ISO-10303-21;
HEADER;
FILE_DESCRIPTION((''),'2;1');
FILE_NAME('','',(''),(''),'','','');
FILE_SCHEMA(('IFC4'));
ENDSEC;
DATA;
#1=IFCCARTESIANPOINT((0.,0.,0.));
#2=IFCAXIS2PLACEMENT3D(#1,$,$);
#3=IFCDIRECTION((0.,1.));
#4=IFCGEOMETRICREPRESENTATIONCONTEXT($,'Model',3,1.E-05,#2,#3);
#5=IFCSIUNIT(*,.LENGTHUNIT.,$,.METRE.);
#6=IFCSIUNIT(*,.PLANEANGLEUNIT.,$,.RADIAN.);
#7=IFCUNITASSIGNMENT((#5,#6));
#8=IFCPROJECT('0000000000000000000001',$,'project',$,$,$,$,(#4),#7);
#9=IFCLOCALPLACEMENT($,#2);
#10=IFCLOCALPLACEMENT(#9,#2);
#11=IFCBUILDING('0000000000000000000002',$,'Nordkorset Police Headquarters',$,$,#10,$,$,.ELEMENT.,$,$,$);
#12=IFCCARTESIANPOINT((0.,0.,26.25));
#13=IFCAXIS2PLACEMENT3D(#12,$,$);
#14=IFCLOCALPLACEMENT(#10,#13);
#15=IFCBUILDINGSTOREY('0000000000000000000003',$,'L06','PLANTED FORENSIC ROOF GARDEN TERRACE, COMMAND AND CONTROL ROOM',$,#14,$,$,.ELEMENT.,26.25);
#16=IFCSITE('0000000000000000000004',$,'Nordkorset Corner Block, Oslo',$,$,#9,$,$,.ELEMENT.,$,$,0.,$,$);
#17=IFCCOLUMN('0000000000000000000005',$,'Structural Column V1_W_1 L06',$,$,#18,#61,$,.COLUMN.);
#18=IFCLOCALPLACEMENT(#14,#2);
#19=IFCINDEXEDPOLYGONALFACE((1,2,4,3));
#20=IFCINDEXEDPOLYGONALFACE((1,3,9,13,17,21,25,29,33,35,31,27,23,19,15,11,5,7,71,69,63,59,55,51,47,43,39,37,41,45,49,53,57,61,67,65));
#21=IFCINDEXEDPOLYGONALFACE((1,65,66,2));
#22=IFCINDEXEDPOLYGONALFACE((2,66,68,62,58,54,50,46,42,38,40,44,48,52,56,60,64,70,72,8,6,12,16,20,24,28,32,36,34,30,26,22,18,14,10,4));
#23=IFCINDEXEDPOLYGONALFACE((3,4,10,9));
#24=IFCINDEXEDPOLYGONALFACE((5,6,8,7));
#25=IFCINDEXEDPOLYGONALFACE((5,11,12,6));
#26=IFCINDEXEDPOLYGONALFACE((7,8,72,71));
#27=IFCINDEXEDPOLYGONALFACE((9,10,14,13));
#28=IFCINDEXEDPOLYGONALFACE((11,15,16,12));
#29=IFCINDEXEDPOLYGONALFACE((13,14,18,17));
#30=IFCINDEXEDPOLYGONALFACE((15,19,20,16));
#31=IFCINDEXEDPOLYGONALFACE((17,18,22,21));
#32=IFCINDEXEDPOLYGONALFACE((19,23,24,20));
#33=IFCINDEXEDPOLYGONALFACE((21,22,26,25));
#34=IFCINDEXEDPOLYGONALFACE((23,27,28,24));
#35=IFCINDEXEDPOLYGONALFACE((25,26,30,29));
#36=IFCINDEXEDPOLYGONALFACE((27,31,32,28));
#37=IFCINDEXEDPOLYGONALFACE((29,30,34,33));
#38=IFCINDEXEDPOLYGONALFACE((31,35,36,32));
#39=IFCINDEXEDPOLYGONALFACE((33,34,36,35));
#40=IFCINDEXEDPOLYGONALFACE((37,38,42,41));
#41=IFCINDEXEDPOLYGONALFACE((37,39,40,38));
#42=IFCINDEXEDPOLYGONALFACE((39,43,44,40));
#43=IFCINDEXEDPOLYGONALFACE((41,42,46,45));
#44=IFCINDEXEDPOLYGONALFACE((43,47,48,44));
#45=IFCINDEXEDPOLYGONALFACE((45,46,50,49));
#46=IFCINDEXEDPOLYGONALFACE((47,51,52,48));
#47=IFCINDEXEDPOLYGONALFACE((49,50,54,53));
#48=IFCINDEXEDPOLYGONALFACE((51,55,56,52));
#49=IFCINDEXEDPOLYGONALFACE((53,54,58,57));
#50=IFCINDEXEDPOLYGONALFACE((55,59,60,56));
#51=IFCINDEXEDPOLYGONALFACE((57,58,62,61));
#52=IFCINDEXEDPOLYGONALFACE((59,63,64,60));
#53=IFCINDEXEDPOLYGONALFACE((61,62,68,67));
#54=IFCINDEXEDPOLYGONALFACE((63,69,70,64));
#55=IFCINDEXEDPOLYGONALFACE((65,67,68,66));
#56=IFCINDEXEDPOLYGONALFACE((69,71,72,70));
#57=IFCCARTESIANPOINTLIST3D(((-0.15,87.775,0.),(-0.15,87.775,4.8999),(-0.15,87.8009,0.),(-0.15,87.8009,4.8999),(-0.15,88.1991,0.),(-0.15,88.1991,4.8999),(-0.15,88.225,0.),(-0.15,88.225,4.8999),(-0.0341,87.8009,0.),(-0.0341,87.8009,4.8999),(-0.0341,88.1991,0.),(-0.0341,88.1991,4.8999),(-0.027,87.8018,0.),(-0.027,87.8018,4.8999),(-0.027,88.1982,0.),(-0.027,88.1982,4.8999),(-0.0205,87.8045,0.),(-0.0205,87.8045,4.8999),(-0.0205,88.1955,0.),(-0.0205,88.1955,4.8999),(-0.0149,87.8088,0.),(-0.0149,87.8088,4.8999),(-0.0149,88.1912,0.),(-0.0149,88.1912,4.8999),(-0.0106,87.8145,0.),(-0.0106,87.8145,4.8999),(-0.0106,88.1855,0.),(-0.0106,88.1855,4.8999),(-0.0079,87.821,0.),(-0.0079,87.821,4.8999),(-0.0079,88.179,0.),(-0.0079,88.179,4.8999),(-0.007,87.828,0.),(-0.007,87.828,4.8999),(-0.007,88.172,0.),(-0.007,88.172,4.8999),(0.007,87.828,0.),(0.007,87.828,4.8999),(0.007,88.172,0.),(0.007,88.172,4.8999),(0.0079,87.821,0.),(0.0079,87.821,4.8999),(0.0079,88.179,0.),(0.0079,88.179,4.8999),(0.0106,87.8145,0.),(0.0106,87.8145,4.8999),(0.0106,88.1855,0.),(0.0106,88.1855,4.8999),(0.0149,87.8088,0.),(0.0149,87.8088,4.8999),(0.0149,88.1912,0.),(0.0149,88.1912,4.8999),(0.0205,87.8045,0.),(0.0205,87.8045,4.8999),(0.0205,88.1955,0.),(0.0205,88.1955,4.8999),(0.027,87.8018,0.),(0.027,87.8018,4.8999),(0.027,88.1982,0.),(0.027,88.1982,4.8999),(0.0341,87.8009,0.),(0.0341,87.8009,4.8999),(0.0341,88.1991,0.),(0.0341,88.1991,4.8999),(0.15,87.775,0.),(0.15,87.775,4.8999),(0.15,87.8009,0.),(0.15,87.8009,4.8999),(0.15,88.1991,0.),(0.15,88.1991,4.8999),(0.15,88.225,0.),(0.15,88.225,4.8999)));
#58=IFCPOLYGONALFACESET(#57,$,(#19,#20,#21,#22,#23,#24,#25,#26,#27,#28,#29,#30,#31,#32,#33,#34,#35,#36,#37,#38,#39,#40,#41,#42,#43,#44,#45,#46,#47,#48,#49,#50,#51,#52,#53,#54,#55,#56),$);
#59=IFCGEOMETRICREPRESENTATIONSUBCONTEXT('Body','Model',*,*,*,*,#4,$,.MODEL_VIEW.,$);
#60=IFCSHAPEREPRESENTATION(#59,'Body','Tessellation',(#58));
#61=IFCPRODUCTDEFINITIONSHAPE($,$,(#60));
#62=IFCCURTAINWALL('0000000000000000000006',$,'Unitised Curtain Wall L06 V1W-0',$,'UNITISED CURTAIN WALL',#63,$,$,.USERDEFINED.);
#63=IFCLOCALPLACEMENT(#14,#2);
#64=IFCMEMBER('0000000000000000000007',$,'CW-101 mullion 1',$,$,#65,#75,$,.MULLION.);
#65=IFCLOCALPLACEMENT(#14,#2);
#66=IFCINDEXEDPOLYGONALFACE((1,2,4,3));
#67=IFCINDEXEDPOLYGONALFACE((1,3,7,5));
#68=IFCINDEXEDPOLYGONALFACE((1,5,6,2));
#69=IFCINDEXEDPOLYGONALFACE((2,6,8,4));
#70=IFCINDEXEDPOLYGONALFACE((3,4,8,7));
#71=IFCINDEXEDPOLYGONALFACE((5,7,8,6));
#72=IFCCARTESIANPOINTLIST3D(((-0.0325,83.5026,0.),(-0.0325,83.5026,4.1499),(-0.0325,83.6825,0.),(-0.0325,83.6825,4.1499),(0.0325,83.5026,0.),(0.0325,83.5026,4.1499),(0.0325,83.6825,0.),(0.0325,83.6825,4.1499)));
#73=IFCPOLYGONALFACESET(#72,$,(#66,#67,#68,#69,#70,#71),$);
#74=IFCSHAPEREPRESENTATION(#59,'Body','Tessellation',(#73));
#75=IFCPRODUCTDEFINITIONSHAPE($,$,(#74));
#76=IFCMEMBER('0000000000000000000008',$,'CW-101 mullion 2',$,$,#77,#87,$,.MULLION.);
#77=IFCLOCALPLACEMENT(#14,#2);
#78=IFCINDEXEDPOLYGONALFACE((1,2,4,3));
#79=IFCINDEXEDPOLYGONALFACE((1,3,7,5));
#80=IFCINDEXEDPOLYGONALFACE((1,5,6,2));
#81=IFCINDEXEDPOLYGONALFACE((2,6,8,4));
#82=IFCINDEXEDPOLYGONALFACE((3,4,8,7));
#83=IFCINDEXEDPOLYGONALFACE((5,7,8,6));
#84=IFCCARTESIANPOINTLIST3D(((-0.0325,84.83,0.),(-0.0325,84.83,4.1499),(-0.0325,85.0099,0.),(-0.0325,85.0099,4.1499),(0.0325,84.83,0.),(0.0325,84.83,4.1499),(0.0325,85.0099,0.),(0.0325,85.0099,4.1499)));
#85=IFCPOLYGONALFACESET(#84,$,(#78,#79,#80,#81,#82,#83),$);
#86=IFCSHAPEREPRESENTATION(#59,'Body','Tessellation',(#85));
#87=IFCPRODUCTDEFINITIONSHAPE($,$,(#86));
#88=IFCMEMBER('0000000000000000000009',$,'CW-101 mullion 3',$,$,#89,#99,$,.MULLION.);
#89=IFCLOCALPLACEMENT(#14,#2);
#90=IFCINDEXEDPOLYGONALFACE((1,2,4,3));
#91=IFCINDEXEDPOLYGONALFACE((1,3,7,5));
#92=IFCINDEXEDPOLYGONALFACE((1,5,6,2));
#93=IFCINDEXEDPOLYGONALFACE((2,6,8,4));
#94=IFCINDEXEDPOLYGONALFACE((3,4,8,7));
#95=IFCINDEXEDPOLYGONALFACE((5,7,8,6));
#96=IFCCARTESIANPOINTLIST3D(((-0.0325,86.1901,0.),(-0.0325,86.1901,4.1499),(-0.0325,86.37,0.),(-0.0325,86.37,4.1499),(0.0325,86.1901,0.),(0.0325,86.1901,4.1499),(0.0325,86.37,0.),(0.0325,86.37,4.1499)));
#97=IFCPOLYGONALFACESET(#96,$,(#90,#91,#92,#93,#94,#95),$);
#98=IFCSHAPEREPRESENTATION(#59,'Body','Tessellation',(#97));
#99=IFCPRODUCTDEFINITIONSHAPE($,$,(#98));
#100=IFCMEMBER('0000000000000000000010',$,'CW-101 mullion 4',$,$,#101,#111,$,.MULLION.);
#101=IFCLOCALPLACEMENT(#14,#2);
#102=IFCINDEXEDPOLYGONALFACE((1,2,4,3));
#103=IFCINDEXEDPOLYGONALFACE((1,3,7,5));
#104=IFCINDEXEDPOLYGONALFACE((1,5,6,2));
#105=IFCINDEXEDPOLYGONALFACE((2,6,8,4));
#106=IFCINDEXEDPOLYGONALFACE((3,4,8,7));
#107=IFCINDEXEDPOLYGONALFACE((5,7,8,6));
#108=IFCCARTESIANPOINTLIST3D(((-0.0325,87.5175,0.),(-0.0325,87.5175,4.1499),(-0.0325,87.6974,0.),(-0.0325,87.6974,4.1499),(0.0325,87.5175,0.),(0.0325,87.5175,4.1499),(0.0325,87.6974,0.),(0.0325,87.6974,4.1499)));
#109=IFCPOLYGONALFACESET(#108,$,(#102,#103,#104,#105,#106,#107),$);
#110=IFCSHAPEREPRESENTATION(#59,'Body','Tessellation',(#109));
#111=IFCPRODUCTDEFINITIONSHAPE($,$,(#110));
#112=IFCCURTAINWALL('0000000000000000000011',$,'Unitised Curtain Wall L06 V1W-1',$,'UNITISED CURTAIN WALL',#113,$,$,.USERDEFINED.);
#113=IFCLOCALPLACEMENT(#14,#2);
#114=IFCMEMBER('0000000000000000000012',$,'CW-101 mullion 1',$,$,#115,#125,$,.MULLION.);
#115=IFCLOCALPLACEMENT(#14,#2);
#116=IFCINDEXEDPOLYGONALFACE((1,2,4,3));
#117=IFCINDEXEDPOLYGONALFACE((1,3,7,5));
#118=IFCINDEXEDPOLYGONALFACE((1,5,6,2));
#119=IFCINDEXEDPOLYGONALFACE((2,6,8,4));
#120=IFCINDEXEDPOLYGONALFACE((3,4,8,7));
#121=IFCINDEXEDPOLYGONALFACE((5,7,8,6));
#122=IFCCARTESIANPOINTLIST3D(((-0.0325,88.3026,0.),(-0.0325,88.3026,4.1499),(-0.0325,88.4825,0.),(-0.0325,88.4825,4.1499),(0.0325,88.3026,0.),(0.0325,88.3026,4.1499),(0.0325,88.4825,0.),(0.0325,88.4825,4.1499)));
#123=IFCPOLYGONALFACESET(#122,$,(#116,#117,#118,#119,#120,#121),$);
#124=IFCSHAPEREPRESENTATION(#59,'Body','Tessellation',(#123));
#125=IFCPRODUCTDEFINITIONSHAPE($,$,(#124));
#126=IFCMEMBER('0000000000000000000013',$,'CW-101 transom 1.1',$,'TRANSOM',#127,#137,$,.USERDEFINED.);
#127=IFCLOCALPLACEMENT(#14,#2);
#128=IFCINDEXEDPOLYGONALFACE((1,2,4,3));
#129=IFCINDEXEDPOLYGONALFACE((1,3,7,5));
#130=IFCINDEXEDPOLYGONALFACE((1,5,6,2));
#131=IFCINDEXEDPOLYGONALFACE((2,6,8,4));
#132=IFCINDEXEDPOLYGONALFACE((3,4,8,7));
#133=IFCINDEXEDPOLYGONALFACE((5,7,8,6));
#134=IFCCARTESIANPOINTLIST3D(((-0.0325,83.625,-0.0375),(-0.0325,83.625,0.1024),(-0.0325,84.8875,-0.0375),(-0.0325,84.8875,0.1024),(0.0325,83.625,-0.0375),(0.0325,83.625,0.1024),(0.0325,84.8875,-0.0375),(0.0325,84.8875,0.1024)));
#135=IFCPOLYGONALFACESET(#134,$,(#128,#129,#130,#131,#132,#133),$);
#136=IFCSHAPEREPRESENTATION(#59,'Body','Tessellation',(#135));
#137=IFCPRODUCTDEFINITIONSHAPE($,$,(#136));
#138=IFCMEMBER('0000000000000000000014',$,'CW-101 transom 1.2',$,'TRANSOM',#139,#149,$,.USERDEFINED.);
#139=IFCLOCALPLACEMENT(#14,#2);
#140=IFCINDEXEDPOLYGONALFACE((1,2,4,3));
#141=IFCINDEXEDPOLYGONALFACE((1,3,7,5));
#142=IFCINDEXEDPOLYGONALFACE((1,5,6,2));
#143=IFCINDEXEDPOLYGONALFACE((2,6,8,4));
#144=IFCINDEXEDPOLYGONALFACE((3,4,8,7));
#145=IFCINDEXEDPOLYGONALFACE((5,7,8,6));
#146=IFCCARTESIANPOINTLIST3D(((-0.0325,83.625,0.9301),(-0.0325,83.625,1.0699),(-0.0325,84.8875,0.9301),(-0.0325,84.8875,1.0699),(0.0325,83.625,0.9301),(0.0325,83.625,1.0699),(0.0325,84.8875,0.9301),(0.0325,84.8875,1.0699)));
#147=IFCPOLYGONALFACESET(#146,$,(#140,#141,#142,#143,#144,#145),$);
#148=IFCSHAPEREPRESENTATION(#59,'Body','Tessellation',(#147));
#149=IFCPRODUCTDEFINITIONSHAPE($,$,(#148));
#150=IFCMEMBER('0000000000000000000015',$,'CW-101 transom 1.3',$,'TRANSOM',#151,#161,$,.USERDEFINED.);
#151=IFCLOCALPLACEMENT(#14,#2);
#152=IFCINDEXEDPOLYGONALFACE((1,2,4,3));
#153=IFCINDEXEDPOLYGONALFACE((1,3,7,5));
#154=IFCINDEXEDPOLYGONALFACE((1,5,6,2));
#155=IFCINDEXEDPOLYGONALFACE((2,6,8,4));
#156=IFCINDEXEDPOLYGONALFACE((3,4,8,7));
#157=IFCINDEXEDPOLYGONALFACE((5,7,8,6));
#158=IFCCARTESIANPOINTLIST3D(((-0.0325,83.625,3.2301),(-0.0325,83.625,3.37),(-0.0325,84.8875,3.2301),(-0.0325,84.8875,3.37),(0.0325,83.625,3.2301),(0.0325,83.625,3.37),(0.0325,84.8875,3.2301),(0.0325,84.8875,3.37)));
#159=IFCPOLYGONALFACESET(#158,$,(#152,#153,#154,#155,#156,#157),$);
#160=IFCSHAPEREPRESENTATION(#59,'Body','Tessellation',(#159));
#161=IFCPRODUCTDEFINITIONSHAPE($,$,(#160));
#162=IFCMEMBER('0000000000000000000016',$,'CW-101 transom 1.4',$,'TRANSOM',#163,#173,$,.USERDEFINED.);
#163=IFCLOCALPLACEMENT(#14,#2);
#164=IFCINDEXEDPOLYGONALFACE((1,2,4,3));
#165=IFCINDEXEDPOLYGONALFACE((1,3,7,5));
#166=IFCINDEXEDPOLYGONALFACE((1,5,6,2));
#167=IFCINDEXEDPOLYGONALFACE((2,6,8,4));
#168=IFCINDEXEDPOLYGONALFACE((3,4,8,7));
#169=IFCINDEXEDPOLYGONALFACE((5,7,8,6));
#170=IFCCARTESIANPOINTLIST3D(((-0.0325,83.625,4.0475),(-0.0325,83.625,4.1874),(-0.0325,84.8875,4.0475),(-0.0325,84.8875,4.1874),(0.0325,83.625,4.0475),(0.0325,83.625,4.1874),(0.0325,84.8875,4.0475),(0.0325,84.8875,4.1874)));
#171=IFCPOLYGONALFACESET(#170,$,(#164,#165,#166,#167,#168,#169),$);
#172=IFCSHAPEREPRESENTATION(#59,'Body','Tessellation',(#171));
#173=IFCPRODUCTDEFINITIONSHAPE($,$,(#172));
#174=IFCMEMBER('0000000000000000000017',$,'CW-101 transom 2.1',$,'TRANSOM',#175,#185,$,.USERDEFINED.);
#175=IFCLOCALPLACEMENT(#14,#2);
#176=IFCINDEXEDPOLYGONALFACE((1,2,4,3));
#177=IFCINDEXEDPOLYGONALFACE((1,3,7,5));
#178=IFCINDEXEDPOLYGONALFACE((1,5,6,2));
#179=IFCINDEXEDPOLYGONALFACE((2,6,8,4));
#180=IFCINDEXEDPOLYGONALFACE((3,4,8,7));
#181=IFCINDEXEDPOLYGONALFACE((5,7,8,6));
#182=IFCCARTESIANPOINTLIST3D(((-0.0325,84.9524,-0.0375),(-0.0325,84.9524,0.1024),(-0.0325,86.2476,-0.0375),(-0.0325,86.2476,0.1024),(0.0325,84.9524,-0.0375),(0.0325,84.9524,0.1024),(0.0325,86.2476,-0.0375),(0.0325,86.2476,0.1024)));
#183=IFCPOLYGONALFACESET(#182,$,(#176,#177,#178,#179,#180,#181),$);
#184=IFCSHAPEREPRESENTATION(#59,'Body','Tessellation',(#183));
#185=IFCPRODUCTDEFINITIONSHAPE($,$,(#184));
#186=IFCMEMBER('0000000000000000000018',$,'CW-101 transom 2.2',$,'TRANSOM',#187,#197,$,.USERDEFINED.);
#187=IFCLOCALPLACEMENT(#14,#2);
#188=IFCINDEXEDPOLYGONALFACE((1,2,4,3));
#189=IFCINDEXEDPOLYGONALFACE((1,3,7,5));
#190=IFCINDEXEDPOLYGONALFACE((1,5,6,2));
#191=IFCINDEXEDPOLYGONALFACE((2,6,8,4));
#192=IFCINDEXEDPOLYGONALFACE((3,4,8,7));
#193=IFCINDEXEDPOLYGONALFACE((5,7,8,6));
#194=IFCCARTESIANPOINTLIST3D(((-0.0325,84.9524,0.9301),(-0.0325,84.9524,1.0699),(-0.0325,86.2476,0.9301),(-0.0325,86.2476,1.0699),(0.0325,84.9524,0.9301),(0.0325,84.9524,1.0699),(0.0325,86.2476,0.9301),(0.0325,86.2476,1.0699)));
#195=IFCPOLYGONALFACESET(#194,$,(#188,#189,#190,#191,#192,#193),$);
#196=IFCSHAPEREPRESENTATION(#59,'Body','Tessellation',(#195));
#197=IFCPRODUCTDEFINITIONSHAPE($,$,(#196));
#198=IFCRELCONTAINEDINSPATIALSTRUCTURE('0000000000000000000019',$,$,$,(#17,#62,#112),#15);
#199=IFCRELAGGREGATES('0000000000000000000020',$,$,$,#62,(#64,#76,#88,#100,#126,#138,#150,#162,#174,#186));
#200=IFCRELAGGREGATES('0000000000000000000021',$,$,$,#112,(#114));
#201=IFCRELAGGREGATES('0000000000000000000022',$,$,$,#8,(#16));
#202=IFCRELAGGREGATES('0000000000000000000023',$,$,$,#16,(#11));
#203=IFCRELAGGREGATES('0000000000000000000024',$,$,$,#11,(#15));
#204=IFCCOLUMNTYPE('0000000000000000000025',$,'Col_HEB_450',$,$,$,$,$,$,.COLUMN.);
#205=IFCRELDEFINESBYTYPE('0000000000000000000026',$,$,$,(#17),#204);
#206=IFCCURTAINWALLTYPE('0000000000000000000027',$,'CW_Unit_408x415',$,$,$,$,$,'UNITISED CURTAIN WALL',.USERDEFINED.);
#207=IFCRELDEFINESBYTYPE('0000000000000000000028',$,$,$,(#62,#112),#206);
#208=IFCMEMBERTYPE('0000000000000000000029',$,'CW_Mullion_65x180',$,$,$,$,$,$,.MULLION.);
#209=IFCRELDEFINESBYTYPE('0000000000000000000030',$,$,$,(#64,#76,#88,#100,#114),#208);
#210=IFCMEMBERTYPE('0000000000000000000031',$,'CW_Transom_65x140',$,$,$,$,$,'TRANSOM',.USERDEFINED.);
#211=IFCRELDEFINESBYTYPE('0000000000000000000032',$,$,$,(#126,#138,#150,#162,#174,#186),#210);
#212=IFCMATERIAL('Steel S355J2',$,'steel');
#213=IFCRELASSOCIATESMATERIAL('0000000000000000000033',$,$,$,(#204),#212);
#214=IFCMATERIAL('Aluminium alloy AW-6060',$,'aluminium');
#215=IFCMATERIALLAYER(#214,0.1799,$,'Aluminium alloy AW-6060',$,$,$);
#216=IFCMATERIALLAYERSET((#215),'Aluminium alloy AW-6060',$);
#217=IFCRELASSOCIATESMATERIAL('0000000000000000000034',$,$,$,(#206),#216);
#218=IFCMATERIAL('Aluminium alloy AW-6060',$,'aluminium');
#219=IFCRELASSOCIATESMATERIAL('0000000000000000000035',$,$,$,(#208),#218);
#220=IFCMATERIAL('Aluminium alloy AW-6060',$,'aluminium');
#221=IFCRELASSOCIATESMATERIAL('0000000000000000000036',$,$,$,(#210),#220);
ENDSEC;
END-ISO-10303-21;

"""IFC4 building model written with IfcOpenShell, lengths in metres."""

from ifc_helpers import new_model, si_unit, direction, frame, origin, origin_2d, place, context, subcontext, project, spatial, rectangle, i_section, extrude, material, layer, layer_set, material_profile, profile_set, type_object, element, aggregate, save


model = new_model("IFC4")

# Units and contexts
model_context = context("Model", 3, precision=1e-05, world=origin(), true_north=direction((0.0, 1.0)))
body_context = subcontext(model_context, "Body", "Model", "MODEL_VIEW")
ifc_project = project(units=[si_unit("LENGTHUNIT", "METRE"), si_unit("PLANEANGLEUNIT", "RADIAN")], contexts=[model_context])

# Site, building, storey
site_placement = place(None, origin())
site = spatial("IfcSite", under=ifc_project, at=site_placement, Name="Nordkorset Corner Block, Oslo", CompositionType="ELEMENT", RefElevation=0.0)
building_placement = place(site_placement, origin())
building = spatial("IfcBuilding", under=site, at=building_placement, Name="Nordkorset Police Headquarters", CompositionType="ELEMENT")
storey_placement = place(building_placement, frame((0.0, 0.0, 26.25)))
storey = spatial("IfcBuildingStorey", under=building, at=storey_placement, Name="L06", Description="PLANTED FORENSIC ROOF GARDEN TERRACE, COMMAND AND CONTROL ROOM", CompositionType="ELEMENT", Elevation=26.25)

# Column
ifc_material_1 = material(Name="Steel S355J2", Category="steel")
ifc_material_profile_1 = material_profile(ifc_material_1, i_section(OverallWidth=0.3, OverallDepth=0.45, WebThickness=0.0139, FlangeThickness=0.0259, FilletRadius=0.0271, at=origin_2d()), Name="HEB 450")
ifc_profile_set_1 = profile_set([ifc_material_profile_1], Name="Steel S355J2")
column_type = type_object("IfcColumnType", Name="Col_HEB_450", PredefinedType="COLUMN", material=ifc_profile_set_1)
column_placement = place(storey_placement, frame((0.0, 88.0, 0.0), z_axis=(0.0, 0.0, 1.0), x_axis=(1.0, 0.0, 0.0)))
element("IfcColumn", 1, at=column_placement, inside=storey, type_object=column_type, Name="Structural Column V1_W_1 L06", PredefinedType="COLUMN", context=body_context, shape_type="SweptSolid", body=[
    extrude(i_section(OverallWidth=0.3, OverallDepth=0.45, WebThickness=0.0139, FlangeThickness=0.0259, FilletRadius=0.0271, at=origin_2d()), origin(), (0.0, 0.0, 1.0), 4.8999),
])

# Curtain wall, members
ifc_material_2 = material(Name="Aluminium alloy AW-6060", Category="aluminium")
ifc_layer_1 = layer(ifc_material_2, 0.1799, Name="Aluminium alloy AW-6060")
ifc_layer_set_1 = layer_set([ifc_layer_1], Name="Aluminium alloy AW-6060")
curtain_wall_type = type_object("IfcCurtainWallType", Name="CW_Unit_408x415", ElementType="UNITISED CURTAIN WALL", PredefinedType="USERDEFINED", material=ifc_layer_set_1)
curtain_wall_1_placement = place(storey_placement, origin())
curtain_wall_1 = element("IfcCurtainWall", 2, at=curtain_wall_1_placement, inside=storey, type_object=curtain_wall_type, Name="Unitised Curtain Wall L06 V1W-0", ObjectType="UNITISED CURTAIN WALL", PredefinedType="USERDEFINED")
ifc_material_3 = material(Name="Aluminium alloy AW-6060", Category="aluminium")
ifc_material_profile_2 = material_profile(ifc_material_3, rectangle(XDim=0.0649, YDim=0.1799, at=origin_2d()), Name="ALU MULL 65x180")
ifc_profile_set_2 = profile_set([ifc_material_profile_2], Name="Aluminium alloy AW-6060")
member_type_1 = type_object("IfcMemberType", Name="CW_Mullion_65x180", PredefinedType="MULLION", material=ifc_profile_set_2)
member_1_placement = place(storey_placement, frame((0.0, 83.5925, 0.0), z_axis=(0.0, 0.0, 1.0), x_axis=(-1.0, 0.0, 0.0)))
member_1 = element("IfcMember", 3, at=member_1_placement, type_object=member_type_1, Name="CW-101 mullion 1", PredefinedType="MULLION", context=body_context, shape_type="SweptSolid", body=[
    extrude(rectangle(XDim=0.0649, YDim=0.1799, at=origin_2d()), origin(), (0.0, 0.0, 1.0), 4.1499),
])
member_2_placement = place(storey_placement, frame((0.0, 84.9199, 0.0), z_axis=(0.0, 0.0, 1.0), x_axis=(-1.0, 0.0, 0.0)))
member_2 = element("IfcMember", 4, at=member_2_placement, type_object=member_type_1, Name="CW-101 mullion 2", PredefinedType="MULLION", context=body_context, shape_type="SweptSolid", body=[
    extrude(rectangle(XDim=0.0649, YDim=0.1799, at=origin_2d()), origin(), (0.0, 0.0, 1.0), 4.1499),
])
member_3_placement = place(storey_placement, frame((0.0, 86.28, 0.0), z_axis=(0.0, 0.0, 1.0), x_axis=(-1.0, 0.0, 0.0)))
member_3 = element("IfcMember", 5, at=member_3_placement, type_object=member_type_1, Name="CW-101 mullion 3", PredefinedType="MULLION", context=body_context, shape_type="SweptSolid", body=[
    extrude(rectangle(XDim=0.0649, YDim=0.1799, at=origin_2d()), origin(), (0.0, 0.0, 1.0), 4.1499),
])
member_4_placement = place(storey_placement, frame((0.0, 87.6074, 0.0), z_axis=(0.0, 0.0, 1.0), x_axis=(-1.0, 0.0, 0.0)))
member_4 = element("IfcMember", 6, at=member_4_placement, type_object=member_type_1, Name="CW-101 mullion 4", PredefinedType="MULLION", context=body_context, shape_type="SweptSolid", body=[
    extrude(rectangle(XDim=0.0649, YDim=0.1799, at=origin_2d()), origin(), (0.0, 0.0, 1.0), 4.1499),
])

# Curtain wall, member
curtain_wall_2_placement = place(storey_placement, origin())
curtain_wall_2 = element("IfcCurtainWall", 7, at=curtain_wall_2_placement, inside=storey, type_object=curtain_wall_type, Name="Unitised Curtain Wall L06 V1W-1", ObjectType="UNITISED CURTAIN WALL", PredefinedType="USERDEFINED")
member_5_placement = place(storey_placement, frame((0.0, 88.3926, 0.0), z_axis=(0.0, 0.0, 1.0), x_axis=(-1.0, 0.0, 0.0)))
member_5 = element("IfcMember", 8, at=member_5_placement, type_object=member_type_1, Name="CW-101 mullion 1", PredefinedType="MULLION", context=body_context, shape_type="SweptSolid", body=[
    extrude(rectangle(XDim=0.0649, YDim=0.1799, at=origin_2d()), origin(), (0.0, 0.0, 1.0), 4.1499),
])

# Members
ifc_material_4 = material(Name="Aluminium alloy AW-6060", Category="aluminium")
ifc_material_profile_3 = material_profile(ifc_material_4, rectangle(XDim=0.0649, YDim=0.1399, at=origin_2d()), Name="ALU TRAN 65x140")
ifc_profile_set_3 = profile_set([ifc_material_profile_3], Name="Aluminium alloy AW-6060")
member_type_2 = type_object("IfcMemberType", Name="CW_Transom_65x140", ElementType="TRANSOM", PredefinedType="USERDEFINED", material=ifc_profile_set_3)
member_6_placement = place(storey_placement, frame((0.0, 83.625, 0.0325), z_axis=(0.0, 1.0, 0.0), x_axis=(-1.0, 0.0, 0.0)))
member_6 = element("IfcMember", 9, at=member_6_placement, type_object=member_type_2, Name="CW-101 transom 1.1", ObjectType="TRANSOM", PredefinedType="USERDEFINED", context=body_context, shape_type="SweptSolid", body=[
    extrude(rectangle(XDim=0.0649, YDim=0.1399, at=origin_2d()), origin(), (0.0, 0.0, 1.0), 1.2625),
])
member_7_placement = place(storey_placement, frame((0.0, 83.625, 1.0), z_axis=(0.0, 1.0, 0.0), x_axis=(-1.0, 0.0, 0.0)))
member_7 = element("IfcMember", 10, at=member_7_placement, type_object=member_type_2, Name="CW-101 transom 1.2", ObjectType="TRANSOM", PredefinedType="USERDEFINED", context=body_context, shape_type="SweptSolid", body=[
    extrude(rectangle(XDim=0.0649, YDim=0.1399, at=origin_2d()), origin(), (0.0, 0.0, 1.0), 1.2625),
])
member_8_placement = place(storey_placement, frame((0.0, 83.625, 3.3), z_axis=(0.0, 1.0, 0.0), x_axis=(-1.0, 0.0, 0.0)))
member_8 = element("IfcMember", 11, at=member_8_placement, type_object=member_type_2, Name="CW-101 transom 1.3", ObjectType="TRANSOM", PredefinedType="USERDEFINED", context=body_context, shape_type="SweptSolid", body=[
    extrude(rectangle(XDim=0.0649, YDim=0.1399, at=origin_2d()), origin(), (0.0, 0.0, 1.0), 1.2625),
])
member_9_placement = place(storey_placement, frame((0.0, 83.625, 4.1174), z_axis=(0.0, 1.0, 0.0), x_axis=(-1.0, 0.0, 0.0)))
member_9 = element("IfcMember", 12, at=member_9_placement, type_object=member_type_2, Name="CW-101 transom 1.4", ObjectType="TRANSOM", PredefinedType="USERDEFINED", context=body_context, shape_type="SweptSolid", body=[
    extrude(rectangle(XDim=0.0649, YDim=0.1399, at=origin_2d()), origin(), (0.0, 0.0, 1.0), 1.2625),
])
member_10_placement = place(storey_placement, frame((0.0, 84.9524, 0.0325), z_axis=(0.0, 1.0, 0.0), x_axis=(-1.0, 0.0, 0.0)))
member_10 = element("IfcMember", 13, at=member_10_placement, type_object=member_type_2, Name="CW-101 transom 2.1", ObjectType="TRANSOM", PredefinedType="USERDEFINED", context=body_context, shape_type="SweptSolid", body=[
    extrude(rectangle(XDim=0.0649, YDim=0.1399, at=origin_2d()), origin(), (0.0, 0.0, 1.0), 1.2952),
])
member_11_placement = place(storey_placement, frame((0.0, 84.9524, 1.0), z_axis=(0.0, 1.0, 0.0), x_axis=(-1.0, 0.0, 0.0)))
member_11 = element("IfcMember", 14, at=member_11_placement, type_object=member_type_2, Name="CW-101 transom 2.2", ObjectType="TRANSOM", PredefinedType="USERDEFINED", context=body_context, shape_type="SweptSolid", body=[
    extrude(rectangle(XDim=0.0649, YDim=0.1399, at=origin_2d()), origin(), (0.0, 0.0, 1.0), 1.2952),
])

aggregate(curtain_wall_1, [member_1, member_2, member_3, member_4, member_6, member_7, member_8, member_9, member_10, member_11])
aggregate(curtain_wall_2, [member_5])

save(model, "model.ifc")
